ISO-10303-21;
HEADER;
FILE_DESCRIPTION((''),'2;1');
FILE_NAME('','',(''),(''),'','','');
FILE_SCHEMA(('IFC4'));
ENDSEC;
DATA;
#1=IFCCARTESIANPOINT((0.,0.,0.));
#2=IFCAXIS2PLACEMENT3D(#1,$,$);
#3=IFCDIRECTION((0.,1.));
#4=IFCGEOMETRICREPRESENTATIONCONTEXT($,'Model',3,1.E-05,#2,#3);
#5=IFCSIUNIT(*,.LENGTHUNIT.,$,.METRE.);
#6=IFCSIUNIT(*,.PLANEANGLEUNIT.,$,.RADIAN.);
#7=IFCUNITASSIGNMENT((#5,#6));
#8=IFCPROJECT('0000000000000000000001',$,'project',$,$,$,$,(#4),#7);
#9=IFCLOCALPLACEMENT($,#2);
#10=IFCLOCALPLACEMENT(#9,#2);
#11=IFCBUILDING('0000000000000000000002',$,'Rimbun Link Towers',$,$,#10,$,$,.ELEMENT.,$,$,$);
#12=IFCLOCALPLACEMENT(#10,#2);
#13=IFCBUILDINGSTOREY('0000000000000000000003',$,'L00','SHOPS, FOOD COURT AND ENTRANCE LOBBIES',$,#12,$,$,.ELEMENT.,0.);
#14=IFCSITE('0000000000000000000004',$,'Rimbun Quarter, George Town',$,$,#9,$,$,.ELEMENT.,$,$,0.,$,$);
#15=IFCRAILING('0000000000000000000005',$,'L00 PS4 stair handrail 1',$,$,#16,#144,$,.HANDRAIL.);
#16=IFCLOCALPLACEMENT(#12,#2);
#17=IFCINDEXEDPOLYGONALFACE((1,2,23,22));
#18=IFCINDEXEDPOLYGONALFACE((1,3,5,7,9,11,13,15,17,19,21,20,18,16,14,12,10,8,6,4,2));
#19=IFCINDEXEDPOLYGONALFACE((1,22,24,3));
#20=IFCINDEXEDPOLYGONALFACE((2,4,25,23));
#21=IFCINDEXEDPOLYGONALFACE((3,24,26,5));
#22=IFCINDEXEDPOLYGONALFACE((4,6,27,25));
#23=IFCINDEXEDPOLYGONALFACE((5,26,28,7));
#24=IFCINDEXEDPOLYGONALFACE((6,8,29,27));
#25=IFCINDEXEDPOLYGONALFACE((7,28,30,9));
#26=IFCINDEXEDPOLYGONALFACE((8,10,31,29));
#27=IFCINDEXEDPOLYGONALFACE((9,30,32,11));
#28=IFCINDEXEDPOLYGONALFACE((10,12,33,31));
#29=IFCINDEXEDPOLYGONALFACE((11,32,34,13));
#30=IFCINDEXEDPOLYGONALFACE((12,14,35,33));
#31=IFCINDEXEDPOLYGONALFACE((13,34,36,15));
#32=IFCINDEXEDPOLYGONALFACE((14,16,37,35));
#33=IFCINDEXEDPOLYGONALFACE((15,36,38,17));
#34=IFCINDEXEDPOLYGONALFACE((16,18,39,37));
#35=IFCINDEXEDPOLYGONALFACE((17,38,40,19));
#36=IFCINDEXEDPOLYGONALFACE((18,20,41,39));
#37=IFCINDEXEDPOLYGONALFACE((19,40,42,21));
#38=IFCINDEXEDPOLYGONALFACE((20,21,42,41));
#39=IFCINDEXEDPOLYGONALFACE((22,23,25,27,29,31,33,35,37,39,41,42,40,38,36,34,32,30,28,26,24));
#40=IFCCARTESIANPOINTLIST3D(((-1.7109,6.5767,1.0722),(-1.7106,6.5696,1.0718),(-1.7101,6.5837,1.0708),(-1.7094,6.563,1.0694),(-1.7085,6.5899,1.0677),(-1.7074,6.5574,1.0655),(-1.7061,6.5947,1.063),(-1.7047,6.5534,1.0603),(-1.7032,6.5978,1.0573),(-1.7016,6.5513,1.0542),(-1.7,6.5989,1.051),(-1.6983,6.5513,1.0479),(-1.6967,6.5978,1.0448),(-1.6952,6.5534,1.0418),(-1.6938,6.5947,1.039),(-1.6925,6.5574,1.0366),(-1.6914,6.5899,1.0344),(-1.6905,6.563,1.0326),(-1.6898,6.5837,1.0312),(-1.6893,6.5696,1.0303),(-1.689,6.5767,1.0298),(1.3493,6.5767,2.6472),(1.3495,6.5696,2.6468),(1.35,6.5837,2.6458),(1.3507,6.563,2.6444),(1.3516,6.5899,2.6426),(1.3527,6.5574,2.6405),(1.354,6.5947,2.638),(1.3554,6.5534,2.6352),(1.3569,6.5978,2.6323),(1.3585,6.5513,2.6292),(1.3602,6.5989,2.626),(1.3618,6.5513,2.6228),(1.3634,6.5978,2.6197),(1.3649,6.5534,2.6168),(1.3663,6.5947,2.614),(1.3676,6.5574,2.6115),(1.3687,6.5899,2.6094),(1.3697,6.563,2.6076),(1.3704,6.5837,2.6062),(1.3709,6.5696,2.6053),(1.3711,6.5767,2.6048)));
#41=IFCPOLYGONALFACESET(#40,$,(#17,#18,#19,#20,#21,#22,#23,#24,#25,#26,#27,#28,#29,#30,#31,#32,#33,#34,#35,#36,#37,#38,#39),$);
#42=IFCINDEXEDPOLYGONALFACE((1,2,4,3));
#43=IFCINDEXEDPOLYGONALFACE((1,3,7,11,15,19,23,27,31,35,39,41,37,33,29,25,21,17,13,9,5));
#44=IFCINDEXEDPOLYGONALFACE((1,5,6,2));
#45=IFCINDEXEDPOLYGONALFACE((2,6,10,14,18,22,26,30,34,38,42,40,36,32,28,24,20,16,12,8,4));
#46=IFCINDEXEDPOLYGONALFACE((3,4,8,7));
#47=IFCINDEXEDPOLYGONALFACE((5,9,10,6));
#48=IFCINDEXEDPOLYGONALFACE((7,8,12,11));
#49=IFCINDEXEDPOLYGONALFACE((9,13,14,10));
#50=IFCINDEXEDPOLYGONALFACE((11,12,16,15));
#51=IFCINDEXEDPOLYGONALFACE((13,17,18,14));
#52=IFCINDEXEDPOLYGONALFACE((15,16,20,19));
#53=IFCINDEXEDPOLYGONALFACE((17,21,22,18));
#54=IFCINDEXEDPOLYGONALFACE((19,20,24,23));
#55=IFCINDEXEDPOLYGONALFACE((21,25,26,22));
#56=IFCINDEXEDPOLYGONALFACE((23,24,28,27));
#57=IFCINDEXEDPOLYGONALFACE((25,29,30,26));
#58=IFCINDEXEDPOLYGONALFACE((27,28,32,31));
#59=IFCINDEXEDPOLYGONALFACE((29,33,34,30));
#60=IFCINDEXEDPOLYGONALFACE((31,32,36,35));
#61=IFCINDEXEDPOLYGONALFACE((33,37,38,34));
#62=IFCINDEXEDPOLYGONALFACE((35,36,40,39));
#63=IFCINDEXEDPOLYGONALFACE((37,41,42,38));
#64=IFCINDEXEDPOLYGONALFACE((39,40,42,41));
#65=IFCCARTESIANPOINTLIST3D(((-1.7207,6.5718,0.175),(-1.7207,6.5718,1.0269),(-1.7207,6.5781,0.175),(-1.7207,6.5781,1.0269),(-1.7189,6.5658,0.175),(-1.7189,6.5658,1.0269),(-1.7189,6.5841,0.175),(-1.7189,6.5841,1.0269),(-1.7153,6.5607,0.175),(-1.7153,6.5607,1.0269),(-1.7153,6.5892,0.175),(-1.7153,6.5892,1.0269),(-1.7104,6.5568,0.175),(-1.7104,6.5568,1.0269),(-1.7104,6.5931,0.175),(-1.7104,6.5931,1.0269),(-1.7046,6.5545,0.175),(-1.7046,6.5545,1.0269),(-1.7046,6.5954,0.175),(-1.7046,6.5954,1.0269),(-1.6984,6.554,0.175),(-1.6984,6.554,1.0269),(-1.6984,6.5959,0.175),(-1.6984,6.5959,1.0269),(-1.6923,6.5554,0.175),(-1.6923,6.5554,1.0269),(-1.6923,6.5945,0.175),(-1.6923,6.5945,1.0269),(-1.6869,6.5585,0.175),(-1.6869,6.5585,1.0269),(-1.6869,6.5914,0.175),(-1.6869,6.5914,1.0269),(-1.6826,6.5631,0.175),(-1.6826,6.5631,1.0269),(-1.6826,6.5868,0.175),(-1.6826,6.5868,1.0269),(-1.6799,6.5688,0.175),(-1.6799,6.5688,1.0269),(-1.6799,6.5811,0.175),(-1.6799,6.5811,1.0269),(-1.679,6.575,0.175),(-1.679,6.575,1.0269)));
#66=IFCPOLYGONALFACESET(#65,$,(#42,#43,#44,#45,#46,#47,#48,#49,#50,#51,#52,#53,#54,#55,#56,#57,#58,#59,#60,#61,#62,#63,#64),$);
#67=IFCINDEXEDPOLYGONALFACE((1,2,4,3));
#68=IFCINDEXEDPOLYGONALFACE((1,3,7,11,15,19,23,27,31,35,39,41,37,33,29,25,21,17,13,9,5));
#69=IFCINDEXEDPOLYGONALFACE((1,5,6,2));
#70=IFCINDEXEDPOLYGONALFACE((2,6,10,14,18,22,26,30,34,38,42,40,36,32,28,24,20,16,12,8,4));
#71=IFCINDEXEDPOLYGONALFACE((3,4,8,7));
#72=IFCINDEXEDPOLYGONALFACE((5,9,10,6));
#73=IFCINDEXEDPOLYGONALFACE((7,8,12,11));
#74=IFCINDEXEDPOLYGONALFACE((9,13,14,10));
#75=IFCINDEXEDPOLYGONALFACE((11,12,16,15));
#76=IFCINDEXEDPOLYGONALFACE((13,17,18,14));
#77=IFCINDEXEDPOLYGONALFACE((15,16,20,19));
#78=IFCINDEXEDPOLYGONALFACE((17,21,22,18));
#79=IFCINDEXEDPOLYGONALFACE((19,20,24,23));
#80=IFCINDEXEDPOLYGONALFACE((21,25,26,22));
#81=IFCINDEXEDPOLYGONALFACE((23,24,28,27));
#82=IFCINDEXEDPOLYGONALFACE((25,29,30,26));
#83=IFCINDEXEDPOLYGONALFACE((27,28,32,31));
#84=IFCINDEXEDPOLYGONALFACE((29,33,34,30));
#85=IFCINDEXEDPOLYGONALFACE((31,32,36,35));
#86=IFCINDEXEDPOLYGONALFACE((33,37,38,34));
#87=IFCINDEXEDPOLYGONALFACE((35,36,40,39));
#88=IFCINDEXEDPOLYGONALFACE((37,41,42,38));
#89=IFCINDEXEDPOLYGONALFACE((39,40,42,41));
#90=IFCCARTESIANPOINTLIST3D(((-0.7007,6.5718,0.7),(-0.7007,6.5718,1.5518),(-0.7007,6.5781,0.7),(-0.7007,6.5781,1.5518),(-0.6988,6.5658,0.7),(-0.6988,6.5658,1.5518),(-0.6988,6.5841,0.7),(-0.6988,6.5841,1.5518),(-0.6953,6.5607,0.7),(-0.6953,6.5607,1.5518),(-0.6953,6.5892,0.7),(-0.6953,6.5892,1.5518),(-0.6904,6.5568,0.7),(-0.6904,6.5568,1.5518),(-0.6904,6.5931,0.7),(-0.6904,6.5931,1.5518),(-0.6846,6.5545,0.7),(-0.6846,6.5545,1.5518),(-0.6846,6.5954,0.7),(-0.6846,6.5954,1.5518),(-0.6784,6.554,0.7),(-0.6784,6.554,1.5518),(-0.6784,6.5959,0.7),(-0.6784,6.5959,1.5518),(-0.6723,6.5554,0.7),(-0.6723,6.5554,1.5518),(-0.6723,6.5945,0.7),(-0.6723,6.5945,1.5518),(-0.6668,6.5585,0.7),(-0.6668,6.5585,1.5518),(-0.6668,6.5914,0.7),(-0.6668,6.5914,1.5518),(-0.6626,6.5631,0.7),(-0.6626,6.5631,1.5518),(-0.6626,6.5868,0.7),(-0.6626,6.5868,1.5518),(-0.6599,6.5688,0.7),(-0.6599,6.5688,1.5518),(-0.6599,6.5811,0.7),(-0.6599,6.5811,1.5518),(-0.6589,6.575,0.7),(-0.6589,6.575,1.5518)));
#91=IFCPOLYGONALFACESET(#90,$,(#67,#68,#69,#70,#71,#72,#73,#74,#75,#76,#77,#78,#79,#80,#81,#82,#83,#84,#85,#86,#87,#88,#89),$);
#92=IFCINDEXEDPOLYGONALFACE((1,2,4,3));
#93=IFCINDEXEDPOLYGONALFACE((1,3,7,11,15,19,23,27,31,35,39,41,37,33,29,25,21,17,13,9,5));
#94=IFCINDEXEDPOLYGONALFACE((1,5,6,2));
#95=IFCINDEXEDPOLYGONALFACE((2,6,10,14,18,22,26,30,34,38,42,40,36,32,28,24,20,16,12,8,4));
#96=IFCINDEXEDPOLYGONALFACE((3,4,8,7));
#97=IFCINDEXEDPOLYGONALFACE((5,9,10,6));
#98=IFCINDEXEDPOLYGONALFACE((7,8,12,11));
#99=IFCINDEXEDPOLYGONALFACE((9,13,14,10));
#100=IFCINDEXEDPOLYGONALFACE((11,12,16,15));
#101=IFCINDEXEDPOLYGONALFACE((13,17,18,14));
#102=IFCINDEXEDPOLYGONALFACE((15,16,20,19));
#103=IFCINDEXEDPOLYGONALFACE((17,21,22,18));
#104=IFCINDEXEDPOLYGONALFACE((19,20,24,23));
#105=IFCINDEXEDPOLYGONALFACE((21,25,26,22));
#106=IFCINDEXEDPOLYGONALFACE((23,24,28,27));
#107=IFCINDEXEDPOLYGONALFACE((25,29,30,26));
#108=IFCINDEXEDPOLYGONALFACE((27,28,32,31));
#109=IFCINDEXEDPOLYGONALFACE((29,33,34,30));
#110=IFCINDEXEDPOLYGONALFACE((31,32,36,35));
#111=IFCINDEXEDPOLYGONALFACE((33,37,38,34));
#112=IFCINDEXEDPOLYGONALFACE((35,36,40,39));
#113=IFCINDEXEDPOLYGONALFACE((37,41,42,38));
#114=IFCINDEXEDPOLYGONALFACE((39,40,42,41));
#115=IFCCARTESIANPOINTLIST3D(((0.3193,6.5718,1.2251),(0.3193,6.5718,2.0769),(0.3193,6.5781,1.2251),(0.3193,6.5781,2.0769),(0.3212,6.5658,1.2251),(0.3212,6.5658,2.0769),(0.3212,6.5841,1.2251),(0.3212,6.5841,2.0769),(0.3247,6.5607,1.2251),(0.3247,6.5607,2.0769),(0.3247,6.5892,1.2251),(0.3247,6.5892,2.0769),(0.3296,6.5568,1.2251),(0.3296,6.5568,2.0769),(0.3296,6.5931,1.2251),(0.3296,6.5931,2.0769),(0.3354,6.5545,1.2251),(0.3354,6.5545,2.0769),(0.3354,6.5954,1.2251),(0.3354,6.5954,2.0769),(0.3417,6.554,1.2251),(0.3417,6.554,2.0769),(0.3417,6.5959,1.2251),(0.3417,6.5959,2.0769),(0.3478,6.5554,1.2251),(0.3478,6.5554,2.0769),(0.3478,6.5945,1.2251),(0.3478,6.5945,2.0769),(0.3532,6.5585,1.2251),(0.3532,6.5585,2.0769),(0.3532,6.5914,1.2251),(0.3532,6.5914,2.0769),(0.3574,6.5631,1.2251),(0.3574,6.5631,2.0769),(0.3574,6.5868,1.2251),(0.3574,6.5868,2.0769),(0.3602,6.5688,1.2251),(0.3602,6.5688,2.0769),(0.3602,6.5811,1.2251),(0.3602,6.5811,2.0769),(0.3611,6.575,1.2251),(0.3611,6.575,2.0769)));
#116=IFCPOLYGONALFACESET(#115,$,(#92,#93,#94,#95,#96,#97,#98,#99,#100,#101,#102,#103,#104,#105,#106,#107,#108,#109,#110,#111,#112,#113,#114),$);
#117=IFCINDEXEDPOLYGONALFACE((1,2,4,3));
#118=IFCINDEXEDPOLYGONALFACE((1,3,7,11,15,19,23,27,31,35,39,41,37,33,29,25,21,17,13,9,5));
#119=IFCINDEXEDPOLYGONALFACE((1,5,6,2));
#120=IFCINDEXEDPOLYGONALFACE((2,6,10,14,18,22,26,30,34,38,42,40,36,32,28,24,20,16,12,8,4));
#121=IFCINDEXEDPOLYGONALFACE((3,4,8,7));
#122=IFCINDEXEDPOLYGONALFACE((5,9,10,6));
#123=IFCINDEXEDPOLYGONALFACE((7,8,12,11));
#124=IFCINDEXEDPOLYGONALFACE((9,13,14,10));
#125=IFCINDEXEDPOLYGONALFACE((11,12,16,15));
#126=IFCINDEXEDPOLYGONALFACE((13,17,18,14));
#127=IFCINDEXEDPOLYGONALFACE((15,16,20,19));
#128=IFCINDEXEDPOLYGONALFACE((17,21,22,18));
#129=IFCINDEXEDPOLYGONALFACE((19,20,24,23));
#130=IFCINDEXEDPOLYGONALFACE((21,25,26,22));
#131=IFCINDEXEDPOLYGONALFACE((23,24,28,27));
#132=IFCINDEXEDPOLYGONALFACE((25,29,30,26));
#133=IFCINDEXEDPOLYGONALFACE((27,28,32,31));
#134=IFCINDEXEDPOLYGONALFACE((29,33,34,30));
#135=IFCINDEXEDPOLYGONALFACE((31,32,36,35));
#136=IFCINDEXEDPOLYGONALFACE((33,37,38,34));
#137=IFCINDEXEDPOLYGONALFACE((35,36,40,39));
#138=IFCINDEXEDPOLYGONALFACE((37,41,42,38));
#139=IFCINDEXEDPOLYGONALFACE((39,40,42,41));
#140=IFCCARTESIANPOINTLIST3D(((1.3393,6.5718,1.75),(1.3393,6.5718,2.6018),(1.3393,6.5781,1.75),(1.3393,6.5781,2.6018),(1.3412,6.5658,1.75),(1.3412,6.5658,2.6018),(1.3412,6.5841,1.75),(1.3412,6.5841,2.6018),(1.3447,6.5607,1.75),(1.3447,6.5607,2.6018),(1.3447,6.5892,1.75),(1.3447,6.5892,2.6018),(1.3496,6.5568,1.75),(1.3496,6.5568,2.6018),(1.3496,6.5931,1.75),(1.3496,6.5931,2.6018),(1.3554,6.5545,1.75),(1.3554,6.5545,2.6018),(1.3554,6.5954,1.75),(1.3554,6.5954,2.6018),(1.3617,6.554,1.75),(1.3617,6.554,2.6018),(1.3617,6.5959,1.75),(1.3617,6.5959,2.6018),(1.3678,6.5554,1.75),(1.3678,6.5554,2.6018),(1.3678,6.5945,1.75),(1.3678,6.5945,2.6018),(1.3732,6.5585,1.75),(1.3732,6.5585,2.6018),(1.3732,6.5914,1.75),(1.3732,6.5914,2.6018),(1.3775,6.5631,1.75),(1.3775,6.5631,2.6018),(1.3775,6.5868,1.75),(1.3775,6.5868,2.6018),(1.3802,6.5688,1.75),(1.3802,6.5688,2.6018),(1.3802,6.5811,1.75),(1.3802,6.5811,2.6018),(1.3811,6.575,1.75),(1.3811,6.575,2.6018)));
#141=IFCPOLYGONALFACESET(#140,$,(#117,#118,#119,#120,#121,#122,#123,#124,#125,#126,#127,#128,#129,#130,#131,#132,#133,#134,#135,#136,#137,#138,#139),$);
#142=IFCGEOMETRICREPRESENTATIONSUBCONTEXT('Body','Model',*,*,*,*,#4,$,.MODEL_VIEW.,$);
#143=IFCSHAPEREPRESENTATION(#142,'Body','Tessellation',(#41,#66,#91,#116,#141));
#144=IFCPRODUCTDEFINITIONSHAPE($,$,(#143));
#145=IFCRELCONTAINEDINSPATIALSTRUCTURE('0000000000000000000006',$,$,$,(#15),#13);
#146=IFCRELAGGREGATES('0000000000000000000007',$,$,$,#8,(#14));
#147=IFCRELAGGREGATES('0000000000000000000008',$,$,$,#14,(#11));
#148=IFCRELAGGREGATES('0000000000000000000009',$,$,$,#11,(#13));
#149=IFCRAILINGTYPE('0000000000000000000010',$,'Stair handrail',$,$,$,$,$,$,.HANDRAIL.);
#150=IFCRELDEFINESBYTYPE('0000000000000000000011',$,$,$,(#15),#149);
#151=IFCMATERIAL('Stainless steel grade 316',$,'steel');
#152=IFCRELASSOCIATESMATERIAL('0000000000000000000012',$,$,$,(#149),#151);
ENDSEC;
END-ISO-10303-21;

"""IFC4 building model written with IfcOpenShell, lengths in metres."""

from ifc_helpers import new_model, si_unit, direction, frame, origin, origin_2d, place, context, subcontext, project, spatial, circle, extrude, material, type_object, element, save


model = new_model("IFC4")

# Units and contexts
model_context = context("Model", 3, precision=1e-05, world=origin(), true_north=direction((0.0, 1.0)))
body_context = subcontext(model_context, "Body", "Model", "MODEL_VIEW")
ifc_project = project(units=[si_unit("LENGTHUNIT", "METRE"), si_unit("PLANEANGLEUNIT", "RADIAN")], contexts=[model_context])

# Site, building, storey
site_placement = place(None, origin())
site = spatial("IfcSite", under=ifc_project, at=site_placement, Name="Rimbun Quarter, George Town", CompositionType="ELEMENT", RefElevation=0.0)
building_placement = place(site_placement, origin())
building = spatial("IfcBuilding", under=site, at=building_placement, Name="Rimbun Link Towers", CompositionType="ELEMENT")
storey_placement = place(building_placement, origin())
storey = spatial("IfcBuildingStorey", under=building, at=storey_placement, Name="L00", Description="SHOPS, FOOD COURT AND ENTRANCE LOBBIES", CompositionType="ELEMENT", Elevation=0.0)

# Railing
ifc_material_1 = material(Name="Stainless steel grade 316", Category="steel")
railing_type_1 = type_object("IfcRailingType", Name="Stair handrail", PredefinedType="HANDRAIL", material=ifc_material_1)
for number, where, name in (
    (1, (-1.7, 6.575, 0.175), "L00 PS4 stair handrail 1"),
):
    element("IfcRailing", number, at=place(storey_placement, frame(where)), inside=storey, type_object=railing_type_1, Name=name, PredefinedType="HANDRAIL", context=body_context, shape_type="SweptSolid", body=[
        extrude(circle(Radius=0.0239, at=origin_2d()), frame((0.0, 0.0, 0.876), z_axis=(0.889145, 0.0, 0.457625), x_axis=(0.0, 1.0, 0.0)), (0.0, 0.0, 1.0), 3.4417),
        extrude(circle(Radius=0.021, at=origin_2d()), origin(), (0.0, 0.0, 1.0), 0.8518),
        extrude(circle(Radius=0.021, at=origin_2d()), frame((1.02, 0.0, 0.5249)), (0.0, 0.0, 1.0), 0.8518),
        extrude(circle(Radius=0.021, at=origin_2d()), frame((2.04, 0.0, 1.05)), (0.0, 0.0, 1.0), 0.8518),
        extrude(circle(Radius=0.021, at=origin_2d()), frame((3.0601, 0.0, 1.575)), (0.0, 0.0, 1.0), 0.8518),
    ])

save(model, "model.ifc")
